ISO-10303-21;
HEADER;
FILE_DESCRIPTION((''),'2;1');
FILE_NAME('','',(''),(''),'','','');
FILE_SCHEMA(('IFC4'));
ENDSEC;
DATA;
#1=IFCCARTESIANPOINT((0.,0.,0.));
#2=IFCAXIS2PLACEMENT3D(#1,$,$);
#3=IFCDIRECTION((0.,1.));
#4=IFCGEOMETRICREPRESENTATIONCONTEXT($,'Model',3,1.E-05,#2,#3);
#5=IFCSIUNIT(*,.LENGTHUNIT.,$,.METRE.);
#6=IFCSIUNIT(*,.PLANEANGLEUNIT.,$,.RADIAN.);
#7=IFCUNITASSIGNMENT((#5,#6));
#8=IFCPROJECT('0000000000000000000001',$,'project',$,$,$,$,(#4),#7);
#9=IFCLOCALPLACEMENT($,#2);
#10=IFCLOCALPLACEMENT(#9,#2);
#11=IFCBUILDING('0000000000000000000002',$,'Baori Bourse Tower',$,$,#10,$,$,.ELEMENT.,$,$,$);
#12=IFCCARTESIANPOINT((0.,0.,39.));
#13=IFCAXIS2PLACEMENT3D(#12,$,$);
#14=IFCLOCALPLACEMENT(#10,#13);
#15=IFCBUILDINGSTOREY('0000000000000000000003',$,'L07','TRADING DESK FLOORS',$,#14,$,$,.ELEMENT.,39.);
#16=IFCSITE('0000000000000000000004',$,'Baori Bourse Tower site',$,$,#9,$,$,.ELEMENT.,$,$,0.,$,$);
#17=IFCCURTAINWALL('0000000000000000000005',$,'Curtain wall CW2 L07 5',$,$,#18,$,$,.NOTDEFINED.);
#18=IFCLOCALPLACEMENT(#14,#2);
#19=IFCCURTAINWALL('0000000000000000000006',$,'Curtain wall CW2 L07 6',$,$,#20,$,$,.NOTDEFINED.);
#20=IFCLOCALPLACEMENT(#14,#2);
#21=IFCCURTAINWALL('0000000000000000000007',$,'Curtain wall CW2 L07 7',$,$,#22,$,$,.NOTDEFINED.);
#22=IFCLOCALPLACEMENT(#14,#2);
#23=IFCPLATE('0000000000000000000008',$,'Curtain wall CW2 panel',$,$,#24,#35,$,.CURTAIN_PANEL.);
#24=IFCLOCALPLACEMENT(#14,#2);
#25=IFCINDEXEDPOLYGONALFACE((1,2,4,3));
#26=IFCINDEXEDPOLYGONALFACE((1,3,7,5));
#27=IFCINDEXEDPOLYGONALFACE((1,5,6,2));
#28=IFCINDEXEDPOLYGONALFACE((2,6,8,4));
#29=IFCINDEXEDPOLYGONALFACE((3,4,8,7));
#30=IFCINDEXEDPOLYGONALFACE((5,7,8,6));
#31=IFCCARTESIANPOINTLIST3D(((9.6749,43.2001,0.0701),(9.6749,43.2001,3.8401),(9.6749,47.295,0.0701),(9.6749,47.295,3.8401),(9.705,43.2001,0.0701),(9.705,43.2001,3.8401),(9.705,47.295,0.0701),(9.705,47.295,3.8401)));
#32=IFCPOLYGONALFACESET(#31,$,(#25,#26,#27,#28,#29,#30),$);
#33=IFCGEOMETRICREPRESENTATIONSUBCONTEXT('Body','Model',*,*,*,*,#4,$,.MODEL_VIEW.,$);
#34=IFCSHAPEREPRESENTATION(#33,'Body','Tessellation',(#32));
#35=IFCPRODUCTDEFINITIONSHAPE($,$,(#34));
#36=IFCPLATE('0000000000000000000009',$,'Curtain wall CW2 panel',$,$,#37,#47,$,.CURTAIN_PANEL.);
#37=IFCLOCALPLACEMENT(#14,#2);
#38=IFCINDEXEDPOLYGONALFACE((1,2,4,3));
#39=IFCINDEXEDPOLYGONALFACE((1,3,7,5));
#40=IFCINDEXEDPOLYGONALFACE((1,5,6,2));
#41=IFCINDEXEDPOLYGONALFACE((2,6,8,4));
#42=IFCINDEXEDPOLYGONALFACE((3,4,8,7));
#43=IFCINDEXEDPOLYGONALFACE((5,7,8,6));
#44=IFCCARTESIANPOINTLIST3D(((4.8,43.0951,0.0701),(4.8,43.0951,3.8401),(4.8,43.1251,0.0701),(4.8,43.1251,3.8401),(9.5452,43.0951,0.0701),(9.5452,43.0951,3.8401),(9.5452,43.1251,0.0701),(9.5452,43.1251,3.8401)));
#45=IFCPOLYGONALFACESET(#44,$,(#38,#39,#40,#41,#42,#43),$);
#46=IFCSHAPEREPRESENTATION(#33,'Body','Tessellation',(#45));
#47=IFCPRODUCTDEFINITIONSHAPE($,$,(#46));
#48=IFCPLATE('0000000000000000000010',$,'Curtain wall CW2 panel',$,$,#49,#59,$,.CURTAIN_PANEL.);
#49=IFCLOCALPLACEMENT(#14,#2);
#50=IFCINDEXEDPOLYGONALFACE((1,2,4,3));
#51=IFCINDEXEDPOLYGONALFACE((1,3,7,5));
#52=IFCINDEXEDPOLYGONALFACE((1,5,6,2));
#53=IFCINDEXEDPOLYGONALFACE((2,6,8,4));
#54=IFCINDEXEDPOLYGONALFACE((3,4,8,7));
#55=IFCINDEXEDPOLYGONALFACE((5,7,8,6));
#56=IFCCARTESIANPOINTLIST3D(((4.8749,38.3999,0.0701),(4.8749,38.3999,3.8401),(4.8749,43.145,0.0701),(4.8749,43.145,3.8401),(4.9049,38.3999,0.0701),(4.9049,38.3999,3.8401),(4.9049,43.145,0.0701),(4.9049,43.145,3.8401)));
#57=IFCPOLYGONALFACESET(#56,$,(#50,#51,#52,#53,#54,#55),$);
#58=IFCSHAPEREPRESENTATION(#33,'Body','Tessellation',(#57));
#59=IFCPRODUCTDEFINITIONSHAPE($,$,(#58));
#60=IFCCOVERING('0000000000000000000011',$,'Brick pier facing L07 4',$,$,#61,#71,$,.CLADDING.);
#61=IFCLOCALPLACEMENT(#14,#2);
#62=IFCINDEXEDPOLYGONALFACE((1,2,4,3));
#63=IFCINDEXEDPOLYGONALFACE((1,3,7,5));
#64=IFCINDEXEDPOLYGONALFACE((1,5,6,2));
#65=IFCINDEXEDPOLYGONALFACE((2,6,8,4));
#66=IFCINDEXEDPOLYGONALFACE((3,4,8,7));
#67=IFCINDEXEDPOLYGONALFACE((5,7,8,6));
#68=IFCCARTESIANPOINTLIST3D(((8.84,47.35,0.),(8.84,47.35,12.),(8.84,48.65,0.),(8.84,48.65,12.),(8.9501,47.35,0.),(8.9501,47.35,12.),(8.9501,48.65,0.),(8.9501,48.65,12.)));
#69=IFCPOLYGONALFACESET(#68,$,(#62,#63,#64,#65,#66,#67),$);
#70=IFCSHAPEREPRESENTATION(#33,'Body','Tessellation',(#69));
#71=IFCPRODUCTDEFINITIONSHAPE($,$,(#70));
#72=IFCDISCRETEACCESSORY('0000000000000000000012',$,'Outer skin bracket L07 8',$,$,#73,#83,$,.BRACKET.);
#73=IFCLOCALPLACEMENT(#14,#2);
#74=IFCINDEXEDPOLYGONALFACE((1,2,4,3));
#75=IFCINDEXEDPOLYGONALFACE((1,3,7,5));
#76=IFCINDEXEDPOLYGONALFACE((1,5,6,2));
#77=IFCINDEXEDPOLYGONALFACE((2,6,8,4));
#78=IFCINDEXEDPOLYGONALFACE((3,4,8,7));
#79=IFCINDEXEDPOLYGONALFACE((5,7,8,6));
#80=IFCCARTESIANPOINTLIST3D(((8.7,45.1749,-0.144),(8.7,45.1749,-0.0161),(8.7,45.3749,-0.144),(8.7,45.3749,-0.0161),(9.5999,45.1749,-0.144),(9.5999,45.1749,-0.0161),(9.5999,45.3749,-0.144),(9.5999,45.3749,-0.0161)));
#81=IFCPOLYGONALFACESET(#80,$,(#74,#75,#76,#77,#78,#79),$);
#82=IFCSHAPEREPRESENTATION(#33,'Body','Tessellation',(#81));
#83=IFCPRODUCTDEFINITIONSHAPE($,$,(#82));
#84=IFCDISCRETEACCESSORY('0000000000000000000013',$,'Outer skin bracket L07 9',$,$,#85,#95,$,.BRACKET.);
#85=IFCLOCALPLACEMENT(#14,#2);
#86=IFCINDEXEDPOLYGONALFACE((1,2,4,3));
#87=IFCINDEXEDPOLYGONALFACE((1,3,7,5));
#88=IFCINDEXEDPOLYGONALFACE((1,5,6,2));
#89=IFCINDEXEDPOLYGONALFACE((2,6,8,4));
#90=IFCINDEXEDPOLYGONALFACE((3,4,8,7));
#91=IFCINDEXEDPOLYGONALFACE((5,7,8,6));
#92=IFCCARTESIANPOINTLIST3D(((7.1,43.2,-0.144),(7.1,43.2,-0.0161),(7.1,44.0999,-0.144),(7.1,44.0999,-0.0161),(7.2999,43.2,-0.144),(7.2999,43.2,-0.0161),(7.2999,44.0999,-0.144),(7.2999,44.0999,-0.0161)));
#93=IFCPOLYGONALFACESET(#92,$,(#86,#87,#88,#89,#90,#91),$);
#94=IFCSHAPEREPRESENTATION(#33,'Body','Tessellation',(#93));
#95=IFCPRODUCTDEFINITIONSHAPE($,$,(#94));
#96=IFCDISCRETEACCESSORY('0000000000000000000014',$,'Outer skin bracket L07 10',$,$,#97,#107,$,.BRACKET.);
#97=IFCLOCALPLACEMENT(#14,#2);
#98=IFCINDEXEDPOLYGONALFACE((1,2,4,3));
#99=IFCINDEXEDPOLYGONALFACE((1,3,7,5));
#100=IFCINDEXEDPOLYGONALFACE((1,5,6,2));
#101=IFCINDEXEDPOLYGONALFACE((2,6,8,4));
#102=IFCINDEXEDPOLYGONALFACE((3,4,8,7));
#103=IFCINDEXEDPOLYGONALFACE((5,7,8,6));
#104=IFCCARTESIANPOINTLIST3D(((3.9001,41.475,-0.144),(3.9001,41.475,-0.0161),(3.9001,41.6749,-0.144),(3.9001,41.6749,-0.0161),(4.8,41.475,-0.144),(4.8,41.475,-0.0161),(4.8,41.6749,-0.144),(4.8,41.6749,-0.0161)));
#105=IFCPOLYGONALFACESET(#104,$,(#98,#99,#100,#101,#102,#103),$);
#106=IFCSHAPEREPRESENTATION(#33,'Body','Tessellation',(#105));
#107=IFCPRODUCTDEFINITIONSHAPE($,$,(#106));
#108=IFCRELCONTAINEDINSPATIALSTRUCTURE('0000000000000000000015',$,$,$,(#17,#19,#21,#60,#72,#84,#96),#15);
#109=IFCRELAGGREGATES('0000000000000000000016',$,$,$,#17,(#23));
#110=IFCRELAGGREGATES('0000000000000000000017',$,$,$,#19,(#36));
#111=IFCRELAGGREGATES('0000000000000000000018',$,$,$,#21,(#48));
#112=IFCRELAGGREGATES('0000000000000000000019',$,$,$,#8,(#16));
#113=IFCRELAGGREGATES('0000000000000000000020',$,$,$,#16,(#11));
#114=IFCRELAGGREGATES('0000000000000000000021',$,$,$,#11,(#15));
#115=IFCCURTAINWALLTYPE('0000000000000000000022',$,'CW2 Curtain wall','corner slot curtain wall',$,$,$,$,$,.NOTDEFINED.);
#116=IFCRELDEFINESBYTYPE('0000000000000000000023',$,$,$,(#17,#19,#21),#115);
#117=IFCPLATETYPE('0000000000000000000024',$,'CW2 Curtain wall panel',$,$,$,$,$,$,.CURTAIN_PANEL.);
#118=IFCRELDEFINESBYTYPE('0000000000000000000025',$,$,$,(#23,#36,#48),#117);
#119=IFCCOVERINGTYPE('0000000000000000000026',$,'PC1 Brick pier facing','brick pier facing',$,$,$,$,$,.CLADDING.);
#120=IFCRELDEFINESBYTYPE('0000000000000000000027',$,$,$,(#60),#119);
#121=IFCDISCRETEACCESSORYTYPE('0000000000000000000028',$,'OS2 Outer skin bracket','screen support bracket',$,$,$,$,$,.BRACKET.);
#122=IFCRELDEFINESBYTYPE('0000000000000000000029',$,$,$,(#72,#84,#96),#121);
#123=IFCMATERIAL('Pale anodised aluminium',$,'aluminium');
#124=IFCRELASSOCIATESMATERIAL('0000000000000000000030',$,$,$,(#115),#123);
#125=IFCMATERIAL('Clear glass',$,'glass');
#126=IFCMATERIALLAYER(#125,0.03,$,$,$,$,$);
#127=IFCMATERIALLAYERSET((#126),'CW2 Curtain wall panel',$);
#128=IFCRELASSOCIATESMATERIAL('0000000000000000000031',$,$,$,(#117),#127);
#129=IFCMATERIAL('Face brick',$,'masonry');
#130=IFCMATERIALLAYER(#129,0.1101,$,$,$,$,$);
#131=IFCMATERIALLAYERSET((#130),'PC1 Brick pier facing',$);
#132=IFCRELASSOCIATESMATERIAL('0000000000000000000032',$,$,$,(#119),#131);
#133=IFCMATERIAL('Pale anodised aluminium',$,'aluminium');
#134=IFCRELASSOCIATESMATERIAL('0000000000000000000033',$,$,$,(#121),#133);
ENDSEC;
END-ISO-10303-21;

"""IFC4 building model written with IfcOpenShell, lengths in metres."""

from ifc_helpers import new_model, si_unit, direction, frame, origin, origin_2d, place, context, subcontext, project, spatial, rectangle, extrude, material, layer, layer_set, type_object, element, aggregate, save


model = new_model("IFC4")

# Units and contexts
model_context = context("Model", 3, precision=1e-05, world=origin(), true_north=direction((0.0, 1.0)))
body_context = subcontext(model_context, "Body", "Model", "MODEL_VIEW")
ifc_project = project(units=[si_unit("LENGTHUNIT", "METRE"), si_unit("PLANEANGLEUNIT", "RADIAN")], contexts=[model_context])

# Site, building, storey
site_placement = place(None, origin())
site = spatial("IfcSite", under=ifc_project, at=site_placement, Name="Baori Bourse Tower site", CompositionType="ELEMENT", RefElevation=0.0)
building_placement = place(site_placement, origin())
building = spatial("IfcBuilding", under=site, at=building_placement, Name="Baori Bourse Tower", CompositionType="ELEMENT")
storey_placement = place(building_placement, frame((0.0, 0.0, 39.0)))
storey = spatial("IfcBuildingStorey", under=building, at=storey_placement, Name="L07", Description="TRADING DESK FLOORS", CompositionType="ELEMENT", Elevation=39.0)

# Curtain walls
ifc_material_1 = material(Name="Pale anodised aluminium", Category="aluminium")
curtain_wall_type_1 = type_object("IfcCurtainWallType", Name="CW2 Curtain wall", Description="corner slot curtain wall", PredefinedType="NOTDEFINED", material=ifc_material_1)
curtain_wall_1_placement = place(storey_placement, origin())
curtain_wall_1 = element("IfcCurtainWall", 1, at=curtain_wall_1_placement, inside=storey, type_object=curtain_wall_type_1, Name="Curtain wall CW2 L07 5", PredefinedType="NOTDEFINED")
curtain_wall_2_placement = place(storey_placement, origin())
curtain_wall_2 = element("IfcCurtainWall", 2, at=curtain_wall_2_placement, inside=storey, type_object=curtain_wall_type_1, Name="Curtain wall CW2 L07 6", PredefinedType="NOTDEFINED")
curtain_wall_3_placement = place(storey_placement, origin())
curtain_wall_3 = element("IfcCurtainWall", 3, at=curtain_wall_3_placement, inside=storey, type_object=curtain_wall_type_1, Name="Curtain wall CW2 L07 7", PredefinedType="NOTDEFINED")

# Plates
ifc_material_2 = material(Name="Clear glass", Category="glass")
ifc_layer_1 = layer(ifc_material_2, 0.03)
ifc_layer_set_1 = layer_set([ifc_layer_1], Name="CW2 Curtain wall panel")
plate_type_1 = type_object("IfcPlateType", Name="CW2 Curtain wall panel", PredefinedType="CURTAIN_PANEL", material=ifc_layer_set_1)
plate_1_placement = place(storey_placement, frame((9.6899, 45.2476, 0.0701), z_axis=(0.0, 0.0, 1.0), x_axis=(0.0, -1.0, 0.0)))
plate_1 = element("IfcPlate", 4, at=plate_1_placement, type_object=plate_type_1, Name="Curtain wall CW2 panel", PredefinedType="CURTAIN_PANEL", context=body_context, shape_type="SweptSolid", body=[
    extrude(rectangle(XDim=4.095, YDim=0.03, at=origin_2d()), origin(), (0.0, 0.0, 1.0), 3.77),
])
aggregate(curtain_wall_1, [plate_1])
plate_2_placement = place(storey_placement, frame((7.1726, 43.1101, 0.0701), z_axis=(0.0, 0.0, 1.0), x_axis=(-1.0, 0.0, 0.0)))
plate_2 = element("IfcPlate", 5, at=plate_2_placement, type_object=plate_type_1, Name="Curtain wall CW2 panel", PredefinedType="CURTAIN_PANEL", context=body_context, shape_type="SweptSolid", body=[
    extrude(rectangle(XDim=4.7451, YDim=0.03, at=origin_2d()), origin(), (0.0, 0.0, 1.0), 3.77),
])
aggregate(curtain_wall_2, [plate_2])
plate_3_placement = place(storey_placement, frame((4.8899, 40.7725, 0.0701), z_axis=(0.0, 0.0, 1.0), x_axis=(0.0, -1.0, 0.0)))
plate_3 = element("IfcPlate", 6, at=plate_3_placement, type_object=plate_type_1, Name="Curtain wall CW2 panel", PredefinedType="CURTAIN_PANEL", context=body_context, shape_type="SweptSolid", body=[
    extrude(rectangle(XDim=4.7451, YDim=0.03, at=origin_2d()), origin(), (0.0, 0.0, 1.0), 3.77),
])
aggregate(curtain_wall_3, [plate_3])

# Covering
ifc_material_3 = material(Name="Face brick", Category="masonry")
ifc_layer_2 = layer(ifc_material_3, 0.1101)
ifc_layer_set_2 = layer_set([ifc_layer_2], Name="PC1 Brick pier facing")
covering_type = type_object("IfcCoveringType", Name="PC1 Brick pier facing", Description="brick pier facing", PredefinedType="CLADDING", material=ifc_layer_set_2)
covering_placement = place(storey_placement, frame((8.895, 48.0, 0.0), z_axis=(0.0, 0.0, 1.0), x_axis=(1.0, 0.0, 0.0)))
element("IfcCovering", 7, at=covering_placement, inside=storey, type_object=covering_type, Name="Brick pier facing L07 4", PredefinedType="CLADDING", context=body_context, shape_type="SweptSolid", body=[
    extrude(rectangle(XDim=0.1101, YDim=1.3, at=origin_2d()), origin(), (0.0, 0.0, 1.0), 12.0),
])

# Discrete accessories
ifc_material_4 = material(Name="Pale anodised aluminium", Category="aluminium")
discrete_accessory_type = type_object("IfcDiscreteAccessoryType", Name="OS2 Outer skin bracket", Description="screen support bracket", PredefinedType="BRACKET", material=ifc_material_4)
for number, where, z_axis, x_axis, name in (
    (8, (9.1499, 45.2749, -0.144), (0.0, 0.0, 1.0), (0.0, -1.0, 0.0), "Outer skin bracket L07 8"),
    (9, (7.2, 43.6499, -0.144), (0.0, 0.0, 1.0), (-1.0, 0.0, 0.0), "Outer skin bracket L07 9"),
    (10, (4.3501, 41.575, -0.144), (0.0, 0.0, 1.0), (0.0, -1.0, 0.0), "Outer skin bracket L07 10"),
):
    element("IfcDiscreteAccessory", number, at=place(storey_placement, frame(where, z_axis=z_axis, x_axis=x_axis)), inside=storey, type_object=discrete_accessory_type, Name=name, PredefinedType="BRACKET", context=body_context, shape_type="SweptSolid", body=[
        extrude(rectangle(XDim=0.2, YDim=0.8999, at=origin_2d()), origin(), (0.0, 0.0, 1.0), 0.1279),
    ])

save(model, "model.ifc")
